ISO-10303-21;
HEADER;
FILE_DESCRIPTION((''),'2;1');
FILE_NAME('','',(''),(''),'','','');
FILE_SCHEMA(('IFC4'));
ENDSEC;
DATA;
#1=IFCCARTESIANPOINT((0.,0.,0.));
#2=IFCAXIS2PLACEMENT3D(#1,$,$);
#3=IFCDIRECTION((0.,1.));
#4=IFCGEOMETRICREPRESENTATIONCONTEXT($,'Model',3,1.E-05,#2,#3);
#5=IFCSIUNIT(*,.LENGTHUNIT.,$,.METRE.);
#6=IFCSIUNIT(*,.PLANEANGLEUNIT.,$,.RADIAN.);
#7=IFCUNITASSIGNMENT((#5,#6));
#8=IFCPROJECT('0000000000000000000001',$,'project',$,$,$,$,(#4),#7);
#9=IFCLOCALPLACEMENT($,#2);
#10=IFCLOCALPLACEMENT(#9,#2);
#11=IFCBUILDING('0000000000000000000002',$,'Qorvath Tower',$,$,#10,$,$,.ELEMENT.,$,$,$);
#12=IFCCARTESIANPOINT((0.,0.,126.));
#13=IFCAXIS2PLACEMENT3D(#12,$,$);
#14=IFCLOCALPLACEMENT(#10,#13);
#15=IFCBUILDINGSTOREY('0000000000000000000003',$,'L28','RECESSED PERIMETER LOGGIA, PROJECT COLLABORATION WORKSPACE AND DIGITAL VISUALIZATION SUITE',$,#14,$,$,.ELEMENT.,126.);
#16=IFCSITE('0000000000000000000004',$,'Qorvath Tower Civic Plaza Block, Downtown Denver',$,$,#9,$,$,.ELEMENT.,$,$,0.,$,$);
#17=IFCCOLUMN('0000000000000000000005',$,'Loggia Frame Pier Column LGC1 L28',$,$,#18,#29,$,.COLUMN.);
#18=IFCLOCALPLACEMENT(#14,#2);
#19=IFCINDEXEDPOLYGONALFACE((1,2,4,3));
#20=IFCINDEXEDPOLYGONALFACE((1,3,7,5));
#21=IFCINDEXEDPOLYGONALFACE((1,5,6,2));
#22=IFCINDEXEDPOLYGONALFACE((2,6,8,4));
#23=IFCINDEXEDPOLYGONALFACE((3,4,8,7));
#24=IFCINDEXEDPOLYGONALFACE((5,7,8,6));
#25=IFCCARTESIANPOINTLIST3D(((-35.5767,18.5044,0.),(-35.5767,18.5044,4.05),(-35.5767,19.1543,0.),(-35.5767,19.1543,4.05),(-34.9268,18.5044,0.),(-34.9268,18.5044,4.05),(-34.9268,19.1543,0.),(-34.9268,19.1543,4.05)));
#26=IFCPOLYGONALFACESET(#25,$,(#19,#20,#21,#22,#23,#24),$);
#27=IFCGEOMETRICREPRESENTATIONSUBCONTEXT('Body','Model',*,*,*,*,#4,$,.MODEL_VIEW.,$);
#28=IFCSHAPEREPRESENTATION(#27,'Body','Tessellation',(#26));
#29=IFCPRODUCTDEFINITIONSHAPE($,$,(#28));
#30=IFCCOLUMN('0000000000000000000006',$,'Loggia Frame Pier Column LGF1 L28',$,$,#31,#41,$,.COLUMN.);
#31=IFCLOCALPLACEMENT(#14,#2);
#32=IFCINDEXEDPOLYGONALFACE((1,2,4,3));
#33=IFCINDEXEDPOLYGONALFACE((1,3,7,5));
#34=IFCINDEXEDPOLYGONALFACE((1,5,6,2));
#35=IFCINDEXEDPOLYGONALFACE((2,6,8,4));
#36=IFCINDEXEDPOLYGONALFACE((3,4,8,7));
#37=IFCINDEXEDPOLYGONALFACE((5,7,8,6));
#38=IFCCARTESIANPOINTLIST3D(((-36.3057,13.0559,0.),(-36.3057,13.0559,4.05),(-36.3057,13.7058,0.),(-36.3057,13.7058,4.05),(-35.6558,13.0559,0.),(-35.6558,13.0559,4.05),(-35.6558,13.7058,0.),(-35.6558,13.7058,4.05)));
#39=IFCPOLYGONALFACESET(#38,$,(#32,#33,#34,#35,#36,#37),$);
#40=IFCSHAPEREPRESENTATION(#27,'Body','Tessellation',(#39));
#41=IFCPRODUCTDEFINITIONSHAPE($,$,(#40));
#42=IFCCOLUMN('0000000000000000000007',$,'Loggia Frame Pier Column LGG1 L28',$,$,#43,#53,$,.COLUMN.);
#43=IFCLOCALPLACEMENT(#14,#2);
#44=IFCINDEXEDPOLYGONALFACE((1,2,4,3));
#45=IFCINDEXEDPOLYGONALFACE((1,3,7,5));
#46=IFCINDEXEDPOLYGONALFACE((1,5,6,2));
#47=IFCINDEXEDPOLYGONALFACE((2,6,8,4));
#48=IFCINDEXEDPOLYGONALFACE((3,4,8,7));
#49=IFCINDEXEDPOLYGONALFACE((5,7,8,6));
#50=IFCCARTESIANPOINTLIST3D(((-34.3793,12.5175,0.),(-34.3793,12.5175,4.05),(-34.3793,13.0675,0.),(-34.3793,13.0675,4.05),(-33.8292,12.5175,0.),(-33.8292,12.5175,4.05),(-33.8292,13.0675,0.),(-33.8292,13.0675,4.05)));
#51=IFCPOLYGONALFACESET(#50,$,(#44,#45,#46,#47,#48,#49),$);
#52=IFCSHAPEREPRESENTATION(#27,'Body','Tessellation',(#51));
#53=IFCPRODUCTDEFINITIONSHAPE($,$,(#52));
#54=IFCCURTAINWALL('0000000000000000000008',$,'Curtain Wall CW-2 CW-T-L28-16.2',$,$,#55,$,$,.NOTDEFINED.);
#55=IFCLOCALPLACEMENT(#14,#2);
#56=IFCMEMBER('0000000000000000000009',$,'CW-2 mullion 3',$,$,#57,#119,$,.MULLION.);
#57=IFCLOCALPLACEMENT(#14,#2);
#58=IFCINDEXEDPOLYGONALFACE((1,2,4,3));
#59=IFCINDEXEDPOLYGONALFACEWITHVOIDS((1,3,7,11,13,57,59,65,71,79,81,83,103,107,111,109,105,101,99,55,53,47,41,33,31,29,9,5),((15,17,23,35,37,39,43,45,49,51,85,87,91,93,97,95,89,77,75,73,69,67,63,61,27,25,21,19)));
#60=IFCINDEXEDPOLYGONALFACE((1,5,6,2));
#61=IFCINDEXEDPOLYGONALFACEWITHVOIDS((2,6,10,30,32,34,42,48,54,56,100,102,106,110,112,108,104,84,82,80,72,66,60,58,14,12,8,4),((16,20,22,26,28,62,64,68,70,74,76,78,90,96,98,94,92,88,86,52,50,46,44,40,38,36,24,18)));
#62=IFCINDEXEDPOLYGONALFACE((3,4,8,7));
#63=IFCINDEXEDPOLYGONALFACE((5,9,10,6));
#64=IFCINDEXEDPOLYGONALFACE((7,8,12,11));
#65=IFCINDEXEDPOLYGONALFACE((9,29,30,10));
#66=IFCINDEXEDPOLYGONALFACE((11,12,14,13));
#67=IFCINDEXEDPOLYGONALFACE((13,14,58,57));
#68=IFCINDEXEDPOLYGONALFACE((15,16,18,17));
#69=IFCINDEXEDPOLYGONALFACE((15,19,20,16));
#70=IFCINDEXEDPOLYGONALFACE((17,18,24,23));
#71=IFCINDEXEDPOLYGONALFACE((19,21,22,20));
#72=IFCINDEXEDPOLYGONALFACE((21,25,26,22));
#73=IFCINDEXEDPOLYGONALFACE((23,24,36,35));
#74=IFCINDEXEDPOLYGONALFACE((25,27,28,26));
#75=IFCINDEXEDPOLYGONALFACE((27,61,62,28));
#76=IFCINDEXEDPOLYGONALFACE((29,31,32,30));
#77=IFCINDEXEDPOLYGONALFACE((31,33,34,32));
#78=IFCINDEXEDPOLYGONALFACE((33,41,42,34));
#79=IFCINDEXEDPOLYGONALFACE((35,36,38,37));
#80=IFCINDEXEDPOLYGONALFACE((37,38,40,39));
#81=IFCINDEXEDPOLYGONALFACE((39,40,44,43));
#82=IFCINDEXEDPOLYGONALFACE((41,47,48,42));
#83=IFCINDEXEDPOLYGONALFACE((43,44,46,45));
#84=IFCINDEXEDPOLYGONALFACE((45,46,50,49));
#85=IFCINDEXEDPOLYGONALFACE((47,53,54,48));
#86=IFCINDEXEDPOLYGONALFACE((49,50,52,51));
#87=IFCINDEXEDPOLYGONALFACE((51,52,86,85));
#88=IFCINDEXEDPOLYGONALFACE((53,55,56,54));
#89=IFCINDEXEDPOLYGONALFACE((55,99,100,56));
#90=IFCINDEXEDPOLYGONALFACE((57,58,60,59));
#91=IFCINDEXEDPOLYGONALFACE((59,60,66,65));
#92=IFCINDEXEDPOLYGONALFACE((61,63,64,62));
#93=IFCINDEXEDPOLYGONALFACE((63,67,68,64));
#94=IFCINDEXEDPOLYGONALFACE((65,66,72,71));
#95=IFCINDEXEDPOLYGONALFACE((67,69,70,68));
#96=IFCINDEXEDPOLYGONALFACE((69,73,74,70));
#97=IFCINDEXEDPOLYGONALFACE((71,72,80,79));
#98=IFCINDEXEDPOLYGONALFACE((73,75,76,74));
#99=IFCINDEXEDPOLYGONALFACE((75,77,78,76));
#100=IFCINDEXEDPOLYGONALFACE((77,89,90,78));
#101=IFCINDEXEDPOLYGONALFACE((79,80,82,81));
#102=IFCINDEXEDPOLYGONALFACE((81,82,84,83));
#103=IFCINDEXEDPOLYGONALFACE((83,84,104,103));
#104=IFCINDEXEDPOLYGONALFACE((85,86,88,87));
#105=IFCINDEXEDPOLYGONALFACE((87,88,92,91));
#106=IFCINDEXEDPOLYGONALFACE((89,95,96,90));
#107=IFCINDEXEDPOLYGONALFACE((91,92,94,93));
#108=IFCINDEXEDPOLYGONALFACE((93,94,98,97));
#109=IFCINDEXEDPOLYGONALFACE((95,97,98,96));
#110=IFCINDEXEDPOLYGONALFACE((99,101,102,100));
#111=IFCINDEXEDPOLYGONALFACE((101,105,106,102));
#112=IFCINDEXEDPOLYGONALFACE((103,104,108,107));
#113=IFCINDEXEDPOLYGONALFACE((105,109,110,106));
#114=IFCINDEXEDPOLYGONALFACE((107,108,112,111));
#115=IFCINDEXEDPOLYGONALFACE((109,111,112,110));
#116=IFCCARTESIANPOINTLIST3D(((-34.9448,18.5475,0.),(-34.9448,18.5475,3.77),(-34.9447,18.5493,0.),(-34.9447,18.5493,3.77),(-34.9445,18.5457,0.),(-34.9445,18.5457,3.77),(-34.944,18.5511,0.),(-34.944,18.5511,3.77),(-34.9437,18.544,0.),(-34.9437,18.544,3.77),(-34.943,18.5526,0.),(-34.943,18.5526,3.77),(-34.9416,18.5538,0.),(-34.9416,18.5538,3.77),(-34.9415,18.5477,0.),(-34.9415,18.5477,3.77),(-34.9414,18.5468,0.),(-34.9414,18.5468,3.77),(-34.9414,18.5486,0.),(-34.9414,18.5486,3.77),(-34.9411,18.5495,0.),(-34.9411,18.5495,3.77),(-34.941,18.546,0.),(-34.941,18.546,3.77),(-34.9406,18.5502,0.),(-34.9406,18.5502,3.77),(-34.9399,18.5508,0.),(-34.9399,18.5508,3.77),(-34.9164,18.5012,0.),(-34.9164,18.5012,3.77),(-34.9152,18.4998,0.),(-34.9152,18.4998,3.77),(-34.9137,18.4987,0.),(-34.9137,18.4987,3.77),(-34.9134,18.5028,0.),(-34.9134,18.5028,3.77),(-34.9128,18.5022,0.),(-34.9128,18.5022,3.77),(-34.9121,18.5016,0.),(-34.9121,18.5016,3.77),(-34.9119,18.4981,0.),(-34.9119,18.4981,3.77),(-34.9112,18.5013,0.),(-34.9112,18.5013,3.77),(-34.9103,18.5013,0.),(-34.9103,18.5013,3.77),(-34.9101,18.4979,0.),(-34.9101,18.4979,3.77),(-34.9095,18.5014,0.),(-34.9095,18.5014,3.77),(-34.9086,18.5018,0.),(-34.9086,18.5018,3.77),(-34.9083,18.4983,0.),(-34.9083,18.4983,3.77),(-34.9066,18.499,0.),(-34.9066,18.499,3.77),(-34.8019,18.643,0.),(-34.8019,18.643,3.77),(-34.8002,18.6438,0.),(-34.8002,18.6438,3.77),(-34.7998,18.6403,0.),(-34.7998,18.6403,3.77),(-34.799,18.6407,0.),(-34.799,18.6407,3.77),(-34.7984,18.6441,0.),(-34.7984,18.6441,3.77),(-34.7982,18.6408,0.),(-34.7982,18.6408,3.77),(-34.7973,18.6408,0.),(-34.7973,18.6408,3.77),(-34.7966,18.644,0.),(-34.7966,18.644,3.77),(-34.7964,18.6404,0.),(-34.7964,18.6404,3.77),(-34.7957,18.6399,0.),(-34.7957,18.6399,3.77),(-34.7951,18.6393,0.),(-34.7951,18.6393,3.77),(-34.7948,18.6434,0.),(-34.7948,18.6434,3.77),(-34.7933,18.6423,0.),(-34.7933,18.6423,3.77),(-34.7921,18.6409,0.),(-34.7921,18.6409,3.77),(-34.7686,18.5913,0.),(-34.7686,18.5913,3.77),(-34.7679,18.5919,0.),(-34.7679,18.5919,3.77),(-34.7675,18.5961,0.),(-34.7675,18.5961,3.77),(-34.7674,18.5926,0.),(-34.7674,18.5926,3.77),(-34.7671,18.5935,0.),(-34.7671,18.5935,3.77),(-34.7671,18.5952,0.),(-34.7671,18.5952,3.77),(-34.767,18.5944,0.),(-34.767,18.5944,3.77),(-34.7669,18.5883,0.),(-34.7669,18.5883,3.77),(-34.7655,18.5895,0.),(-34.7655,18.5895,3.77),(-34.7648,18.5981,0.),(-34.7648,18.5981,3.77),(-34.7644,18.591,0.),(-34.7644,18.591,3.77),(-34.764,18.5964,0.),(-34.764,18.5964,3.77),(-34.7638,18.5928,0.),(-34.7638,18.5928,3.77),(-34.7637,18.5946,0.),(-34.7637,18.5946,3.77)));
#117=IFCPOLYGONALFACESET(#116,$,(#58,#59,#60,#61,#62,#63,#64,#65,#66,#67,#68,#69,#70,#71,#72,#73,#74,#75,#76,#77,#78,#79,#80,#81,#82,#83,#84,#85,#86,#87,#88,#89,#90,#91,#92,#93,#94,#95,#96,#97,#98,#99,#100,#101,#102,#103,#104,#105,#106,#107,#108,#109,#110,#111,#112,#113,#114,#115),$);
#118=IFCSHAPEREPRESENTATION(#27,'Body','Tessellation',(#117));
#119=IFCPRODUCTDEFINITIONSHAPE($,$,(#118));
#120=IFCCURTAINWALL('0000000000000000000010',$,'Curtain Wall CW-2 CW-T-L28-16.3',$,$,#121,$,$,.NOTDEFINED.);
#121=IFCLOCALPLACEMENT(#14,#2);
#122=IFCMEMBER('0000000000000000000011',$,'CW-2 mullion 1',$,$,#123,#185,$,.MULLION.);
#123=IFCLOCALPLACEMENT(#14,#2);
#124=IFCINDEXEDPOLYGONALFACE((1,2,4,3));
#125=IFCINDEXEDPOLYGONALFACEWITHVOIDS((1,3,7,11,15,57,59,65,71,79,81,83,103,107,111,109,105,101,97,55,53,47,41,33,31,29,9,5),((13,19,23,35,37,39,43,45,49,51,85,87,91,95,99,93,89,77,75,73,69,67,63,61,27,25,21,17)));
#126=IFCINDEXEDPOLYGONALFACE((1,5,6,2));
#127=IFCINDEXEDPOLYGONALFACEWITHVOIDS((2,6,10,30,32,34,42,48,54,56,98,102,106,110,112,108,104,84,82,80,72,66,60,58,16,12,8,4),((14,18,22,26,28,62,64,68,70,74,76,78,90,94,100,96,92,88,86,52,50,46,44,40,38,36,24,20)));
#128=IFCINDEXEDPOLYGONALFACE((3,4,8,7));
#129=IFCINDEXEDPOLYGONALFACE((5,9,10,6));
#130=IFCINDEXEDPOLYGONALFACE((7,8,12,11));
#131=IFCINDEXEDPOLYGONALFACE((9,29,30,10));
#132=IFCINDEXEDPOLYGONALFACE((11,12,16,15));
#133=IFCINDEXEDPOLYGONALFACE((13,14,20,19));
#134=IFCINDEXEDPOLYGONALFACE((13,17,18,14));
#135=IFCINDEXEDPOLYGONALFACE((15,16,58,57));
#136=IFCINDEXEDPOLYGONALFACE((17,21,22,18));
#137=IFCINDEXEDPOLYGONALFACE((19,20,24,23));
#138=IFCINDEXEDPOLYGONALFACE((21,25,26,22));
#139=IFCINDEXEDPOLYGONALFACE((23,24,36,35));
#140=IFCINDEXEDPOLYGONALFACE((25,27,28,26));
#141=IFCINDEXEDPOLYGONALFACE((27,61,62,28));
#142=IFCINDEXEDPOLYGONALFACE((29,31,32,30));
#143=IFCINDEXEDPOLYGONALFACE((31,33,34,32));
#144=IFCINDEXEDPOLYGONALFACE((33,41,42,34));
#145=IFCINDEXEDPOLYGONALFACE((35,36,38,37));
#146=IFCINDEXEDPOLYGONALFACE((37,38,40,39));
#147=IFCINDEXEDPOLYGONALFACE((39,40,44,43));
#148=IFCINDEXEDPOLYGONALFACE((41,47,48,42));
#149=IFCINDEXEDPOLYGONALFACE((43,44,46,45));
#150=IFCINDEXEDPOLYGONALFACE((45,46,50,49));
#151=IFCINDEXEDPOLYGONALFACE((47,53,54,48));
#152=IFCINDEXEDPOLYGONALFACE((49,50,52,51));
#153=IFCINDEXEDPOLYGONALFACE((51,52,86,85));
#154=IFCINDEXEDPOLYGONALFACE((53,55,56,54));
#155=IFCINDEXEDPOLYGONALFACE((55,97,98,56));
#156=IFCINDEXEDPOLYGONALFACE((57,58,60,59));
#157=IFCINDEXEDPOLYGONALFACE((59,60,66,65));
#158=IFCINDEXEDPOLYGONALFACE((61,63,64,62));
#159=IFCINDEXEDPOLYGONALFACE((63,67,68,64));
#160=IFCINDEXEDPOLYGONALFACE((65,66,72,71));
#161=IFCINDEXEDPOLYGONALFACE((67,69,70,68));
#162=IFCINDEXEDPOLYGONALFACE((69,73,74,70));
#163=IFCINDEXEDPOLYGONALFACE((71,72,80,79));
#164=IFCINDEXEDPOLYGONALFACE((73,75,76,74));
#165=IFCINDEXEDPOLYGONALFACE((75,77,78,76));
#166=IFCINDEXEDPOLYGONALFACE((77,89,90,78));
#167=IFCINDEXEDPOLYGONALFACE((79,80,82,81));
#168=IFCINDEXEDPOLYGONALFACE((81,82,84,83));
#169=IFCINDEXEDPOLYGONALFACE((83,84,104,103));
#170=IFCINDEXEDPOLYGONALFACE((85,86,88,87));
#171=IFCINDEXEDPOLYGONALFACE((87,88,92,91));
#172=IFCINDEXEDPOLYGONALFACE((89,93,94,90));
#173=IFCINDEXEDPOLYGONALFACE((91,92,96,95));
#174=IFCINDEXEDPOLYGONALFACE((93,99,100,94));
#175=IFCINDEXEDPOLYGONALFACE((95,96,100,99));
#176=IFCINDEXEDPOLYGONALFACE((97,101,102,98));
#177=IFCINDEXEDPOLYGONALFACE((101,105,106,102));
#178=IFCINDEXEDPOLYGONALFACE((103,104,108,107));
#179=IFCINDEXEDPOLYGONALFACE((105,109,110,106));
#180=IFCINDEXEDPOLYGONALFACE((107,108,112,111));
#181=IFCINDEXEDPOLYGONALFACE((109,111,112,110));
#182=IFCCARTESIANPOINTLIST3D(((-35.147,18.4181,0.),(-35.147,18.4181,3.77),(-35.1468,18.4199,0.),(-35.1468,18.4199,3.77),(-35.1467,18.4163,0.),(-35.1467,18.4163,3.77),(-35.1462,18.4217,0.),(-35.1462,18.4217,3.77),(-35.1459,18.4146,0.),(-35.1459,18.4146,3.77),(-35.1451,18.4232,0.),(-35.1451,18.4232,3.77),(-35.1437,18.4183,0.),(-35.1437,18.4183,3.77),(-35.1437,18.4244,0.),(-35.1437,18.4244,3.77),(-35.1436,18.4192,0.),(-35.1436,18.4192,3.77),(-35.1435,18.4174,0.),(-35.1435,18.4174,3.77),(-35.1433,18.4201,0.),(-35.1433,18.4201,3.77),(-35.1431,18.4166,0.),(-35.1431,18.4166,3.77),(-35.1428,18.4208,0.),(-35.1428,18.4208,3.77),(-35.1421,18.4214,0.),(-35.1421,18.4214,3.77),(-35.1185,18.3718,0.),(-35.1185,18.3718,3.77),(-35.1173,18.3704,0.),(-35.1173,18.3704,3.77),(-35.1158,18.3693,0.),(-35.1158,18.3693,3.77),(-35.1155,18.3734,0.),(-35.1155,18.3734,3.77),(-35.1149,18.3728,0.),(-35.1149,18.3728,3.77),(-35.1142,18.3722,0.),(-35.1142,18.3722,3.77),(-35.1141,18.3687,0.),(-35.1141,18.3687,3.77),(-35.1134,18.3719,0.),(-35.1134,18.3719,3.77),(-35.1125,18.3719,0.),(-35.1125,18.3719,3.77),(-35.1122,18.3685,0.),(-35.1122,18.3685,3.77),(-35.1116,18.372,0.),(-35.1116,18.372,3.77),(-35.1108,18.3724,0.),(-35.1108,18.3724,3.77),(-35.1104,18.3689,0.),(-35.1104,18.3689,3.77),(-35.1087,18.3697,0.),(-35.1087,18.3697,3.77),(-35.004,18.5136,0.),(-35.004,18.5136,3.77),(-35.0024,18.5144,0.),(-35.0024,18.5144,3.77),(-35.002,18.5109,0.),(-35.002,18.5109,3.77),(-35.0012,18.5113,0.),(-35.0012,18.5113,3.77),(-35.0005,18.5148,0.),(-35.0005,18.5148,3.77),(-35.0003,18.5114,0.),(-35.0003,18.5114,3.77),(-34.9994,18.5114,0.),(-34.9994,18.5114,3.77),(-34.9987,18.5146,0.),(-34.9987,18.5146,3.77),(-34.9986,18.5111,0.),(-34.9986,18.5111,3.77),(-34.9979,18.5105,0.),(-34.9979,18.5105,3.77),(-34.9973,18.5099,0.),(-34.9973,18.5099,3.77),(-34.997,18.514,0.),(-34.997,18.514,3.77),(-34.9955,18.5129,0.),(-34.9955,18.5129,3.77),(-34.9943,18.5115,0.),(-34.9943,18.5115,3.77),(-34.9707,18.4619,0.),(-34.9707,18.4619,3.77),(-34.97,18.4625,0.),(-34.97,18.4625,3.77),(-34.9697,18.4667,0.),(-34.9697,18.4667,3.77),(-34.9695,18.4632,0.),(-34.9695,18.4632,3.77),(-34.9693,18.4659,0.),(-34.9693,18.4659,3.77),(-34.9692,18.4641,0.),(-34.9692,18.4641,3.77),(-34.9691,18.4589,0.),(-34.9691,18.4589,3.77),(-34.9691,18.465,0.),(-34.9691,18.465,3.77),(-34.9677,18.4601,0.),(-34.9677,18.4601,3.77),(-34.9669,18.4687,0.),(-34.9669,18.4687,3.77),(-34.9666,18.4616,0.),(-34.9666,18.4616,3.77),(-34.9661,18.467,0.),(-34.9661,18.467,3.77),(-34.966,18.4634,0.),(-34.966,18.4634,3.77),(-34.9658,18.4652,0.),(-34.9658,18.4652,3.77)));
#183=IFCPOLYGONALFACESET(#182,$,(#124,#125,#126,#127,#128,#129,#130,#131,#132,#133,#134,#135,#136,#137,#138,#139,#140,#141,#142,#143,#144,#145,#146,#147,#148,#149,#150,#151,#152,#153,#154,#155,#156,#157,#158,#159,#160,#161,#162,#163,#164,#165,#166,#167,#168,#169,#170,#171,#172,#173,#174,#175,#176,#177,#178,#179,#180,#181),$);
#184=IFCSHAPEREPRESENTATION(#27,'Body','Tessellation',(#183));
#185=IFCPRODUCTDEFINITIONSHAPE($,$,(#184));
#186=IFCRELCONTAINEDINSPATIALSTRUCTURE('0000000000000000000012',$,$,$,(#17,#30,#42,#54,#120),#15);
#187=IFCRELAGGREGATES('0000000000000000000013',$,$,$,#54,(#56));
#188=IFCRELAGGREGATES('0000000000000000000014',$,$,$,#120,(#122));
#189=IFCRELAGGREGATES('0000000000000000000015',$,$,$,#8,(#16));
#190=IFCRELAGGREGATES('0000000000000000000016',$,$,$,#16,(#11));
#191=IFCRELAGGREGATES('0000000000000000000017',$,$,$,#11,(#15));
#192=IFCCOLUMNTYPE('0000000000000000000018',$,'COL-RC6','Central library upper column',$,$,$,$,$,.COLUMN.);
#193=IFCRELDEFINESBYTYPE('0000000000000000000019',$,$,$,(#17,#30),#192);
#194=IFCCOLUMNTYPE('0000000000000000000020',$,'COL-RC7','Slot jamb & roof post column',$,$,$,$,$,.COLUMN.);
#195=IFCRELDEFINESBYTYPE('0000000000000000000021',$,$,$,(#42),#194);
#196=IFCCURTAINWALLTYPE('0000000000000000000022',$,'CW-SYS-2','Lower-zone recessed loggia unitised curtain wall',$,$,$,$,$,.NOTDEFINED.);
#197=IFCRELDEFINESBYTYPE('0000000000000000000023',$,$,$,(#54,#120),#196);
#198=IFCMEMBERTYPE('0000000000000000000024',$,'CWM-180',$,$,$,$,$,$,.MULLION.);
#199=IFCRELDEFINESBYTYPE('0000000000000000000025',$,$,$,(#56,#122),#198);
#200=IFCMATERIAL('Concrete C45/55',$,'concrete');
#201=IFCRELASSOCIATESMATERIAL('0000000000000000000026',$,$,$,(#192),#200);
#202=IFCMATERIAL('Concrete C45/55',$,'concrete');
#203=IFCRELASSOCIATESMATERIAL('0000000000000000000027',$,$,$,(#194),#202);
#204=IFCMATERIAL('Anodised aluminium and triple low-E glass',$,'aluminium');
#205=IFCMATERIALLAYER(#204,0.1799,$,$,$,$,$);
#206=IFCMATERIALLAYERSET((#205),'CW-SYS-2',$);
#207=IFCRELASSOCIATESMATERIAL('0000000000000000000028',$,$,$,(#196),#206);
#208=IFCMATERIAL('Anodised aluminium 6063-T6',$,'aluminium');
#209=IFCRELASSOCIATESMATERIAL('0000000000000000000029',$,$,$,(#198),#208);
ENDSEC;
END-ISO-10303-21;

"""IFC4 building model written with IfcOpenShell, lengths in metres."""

from ifc_helpers import new_model, si_unit, direction, frame, origin, origin_2d, place, context, subcontext, project, spatial, rectangle, hollow_rectangle, extrude, material, layer, layer_set, material_profile, profile_set, type_object, element, aggregate, save


model = new_model("IFC4")

# Units and contexts
model_context = context("Model", 3, precision=1e-05, world=origin(), true_north=direction((0.0, 1.0)))
body_context = subcontext(model_context, "Body", "Model", "MODEL_VIEW")
ifc_project = project(units=[si_unit("LENGTHUNIT", "METRE"), si_unit("PLANEANGLEUNIT", "RADIAN")], contexts=[model_context])

# Site, building, storey
site_placement = place(None, origin())
site = spatial("IfcSite", under=ifc_project, at=site_placement, Name="Qorvath Tower Civic Plaza Block, Downtown Denver", CompositionType="ELEMENT", RefElevation=0.0)
building_placement = place(site_placement, origin())
building = spatial("IfcBuilding", under=site, at=building_placement, Name="Qorvath Tower", CompositionType="ELEMENT")
storey_placement = place(building_placement, frame((0.0, 0.0, 126.0)))
storey = spatial("IfcBuildingStorey", under=building, at=storey_placement, Name="L28", Description="RECESSED PERIMETER LOGGIA, PROJECT COLLABORATION WORKSPACE AND DIGITAL VISUALIZATION SUITE", CompositionType="ELEMENT", Elevation=126.0)

# Columns
ifc_material_1 = material(Name="Concrete C45/55", Category="concrete")
ifc_material_profile_1 = material_profile(ifc_material_1, rectangle(XDim=0.6499, YDim=0.6499, at=origin_2d()), Name="RC 650x650")
ifc_profile_set_1 = profile_set([ifc_material_profile_1], Name="Concrete C45/55")
column_type_1 = type_object("IfcColumnType", Name="COL-RC6", Description="Central library upper column", PredefinedType="COLUMN", material=ifc_profile_set_1)
for number, where, z_axis, x_axis, name in (
    (1, (-35.2517, 18.8293, 0.0), (0.0, 0.0, 1.0), (1.0, 0.0, 0.0), "Loggia Frame Pier Column LGC1 L28"),
    (2, (-35.9807, 13.3809, 0.0), (0.0, 0.0, 1.0), (1.0, 0.0, 0.0), "Loggia Frame Pier Column LGF1 L28"),
):
    element("IfcColumn", number, at=place(storey_placement, frame(where, z_axis=z_axis, x_axis=x_axis)), inside=storey, type_object=column_type_1, Name=name, PredefinedType="COLUMN", context=body_context, shape_type="SweptSolid", body=[
        extrude(rectangle(XDim=0.6499, YDim=0.6499, at=origin_2d()), origin(), (0.0, 0.0, 1.0), 4.05),
    ])
ifc_material_2 = material(Name="Concrete C45/55", Category="concrete")
ifc_material_profile_2 = material_profile(ifc_material_2, rectangle(XDim=0.55, YDim=0.55, at=origin_2d()), Name="RC 550x550")
ifc_profile_set_2 = profile_set([ifc_material_profile_2], Name="Concrete C45/55")
column_type_2 = type_object("IfcColumnType", Name="COL-RC7", Description="Slot jamb & roof post column", PredefinedType="COLUMN", material=ifc_profile_set_2)
column_placement = place(storey_placement, frame((-34.1042, 12.7925, 0.0), z_axis=(0.0, 0.0, 1.0), x_axis=(1.0, 0.0, 0.0)))
element("IfcColumn", 3, at=column_placement, inside=storey, type_object=column_type_2, Name="Loggia Frame Pier Column LGG1 L28", PredefinedType="COLUMN", context=body_context, shape_type="SweptSolid", body=[
    extrude(rectangle(XDim=0.55, YDim=0.55, at=origin_2d()), origin(), (0.0, 0.0, 1.0), 4.05),
])

# Curtain wall, member
ifc_material_3 = material(Name="Anodised aluminium and triple low-E glass", Category="aluminium")
ifc_layer_1 = layer(ifc_material_3, 0.1799)
ifc_layer_set_1 = layer_set([ifc_layer_1], Name="CW-SYS-2")
curtain_wall_type = type_object("IfcCurtainWallType", Name="CW-SYS-2", Description="Lower-zone recessed loggia unitised curtain wall", PredefinedType="NOTDEFINED", material=ifc_layer_set_1)
curtain_wall_1_placement = place(storey_placement, origin())
curtain_wall_1 = element("IfcCurtainWall", 4, at=curtain_wall_1_placement, inside=storey, type_object=curtain_wall_type, Name="Curtain Wall CW-2 CW-T-L28-16.2", PredefinedType="NOTDEFINED")
ifc_material_4 = material(Name="Anodised aluminium 6063-T6", Category="aluminium")
ifc_material_profile_3 = material_profile(ifc_material_4, hollow_rectangle(XDim=0.0649, YDim=0.1799, WallThickness=0.0034, InnerFilletRadius=0.0034, OuterFilletRadius=0.0071, at=origin_2d()), Name="CWM 180x65")
ifc_profile_set_3 = profile_set([ifc_material_profile_3], Name="Anodised aluminium 6063-T6")
member_type_1 = type_object("IfcMemberType", Name="CWM-180", PredefinedType="MULLION", material=ifc_profile_set_3)
member_1_placement = place(storey_placement, frame((-34.8542, 18.571, 0.0), z_axis=(0.0, 0.0, 1.0), x_axis=(0.53853, -0.842607, 0.0)))
member_1 = element("IfcMember", 5, at=member_1_placement, type_object=member_type_1, Name="CW-2 mullion 3", PredefinedType="MULLION", context=body_context, shape_type="SweptSolid", body=[
    extrude(hollow_rectangle(XDim=0.0649, YDim=0.1799, WallThickness=0.0034, InnerFilletRadius=0.0034, OuterFilletRadius=0.0071, at=origin_2d()), origin(), (0.0, 0.0, 1.0), 3.77),
])
aggregate(curtain_wall_1, [member_1])

# Curtain wall, member
curtain_wall_2_placement = place(storey_placement, origin())
curtain_wall_2 = element("IfcCurtainWall", 6, at=curtain_wall_2_placement, inside=storey, type_object=curtain_wall_type, Name="Curtain Wall CW-2 CW-T-L28-16.3", PredefinedType="NOTDEFINED")
member_2_placement = place(storey_placement, frame((-35.0564, 18.4417, 0.0), z_axis=(0.0, 0.0, 1.0), x_axis=(0.538534, -0.842604, 0.0)))
member_2 = element("IfcMember", 7, at=member_2_placement, type_object=member_type_1, Name="CW-2 mullion 1", PredefinedType="MULLION", context=body_context, shape_type="SweptSolid", body=[
    extrude(hollow_rectangle(XDim=0.0649, YDim=0.1799, WallThickness=0.0034, InnerFilletRadius=0.0034, OuterFilletRadius=0.0071, at=origin_2d()), origin(), (0.0, 0.0, 1.0), 3.77),
])
aggregate(curtain_wall_2, [member_2])

save(model, "model.ifc")
